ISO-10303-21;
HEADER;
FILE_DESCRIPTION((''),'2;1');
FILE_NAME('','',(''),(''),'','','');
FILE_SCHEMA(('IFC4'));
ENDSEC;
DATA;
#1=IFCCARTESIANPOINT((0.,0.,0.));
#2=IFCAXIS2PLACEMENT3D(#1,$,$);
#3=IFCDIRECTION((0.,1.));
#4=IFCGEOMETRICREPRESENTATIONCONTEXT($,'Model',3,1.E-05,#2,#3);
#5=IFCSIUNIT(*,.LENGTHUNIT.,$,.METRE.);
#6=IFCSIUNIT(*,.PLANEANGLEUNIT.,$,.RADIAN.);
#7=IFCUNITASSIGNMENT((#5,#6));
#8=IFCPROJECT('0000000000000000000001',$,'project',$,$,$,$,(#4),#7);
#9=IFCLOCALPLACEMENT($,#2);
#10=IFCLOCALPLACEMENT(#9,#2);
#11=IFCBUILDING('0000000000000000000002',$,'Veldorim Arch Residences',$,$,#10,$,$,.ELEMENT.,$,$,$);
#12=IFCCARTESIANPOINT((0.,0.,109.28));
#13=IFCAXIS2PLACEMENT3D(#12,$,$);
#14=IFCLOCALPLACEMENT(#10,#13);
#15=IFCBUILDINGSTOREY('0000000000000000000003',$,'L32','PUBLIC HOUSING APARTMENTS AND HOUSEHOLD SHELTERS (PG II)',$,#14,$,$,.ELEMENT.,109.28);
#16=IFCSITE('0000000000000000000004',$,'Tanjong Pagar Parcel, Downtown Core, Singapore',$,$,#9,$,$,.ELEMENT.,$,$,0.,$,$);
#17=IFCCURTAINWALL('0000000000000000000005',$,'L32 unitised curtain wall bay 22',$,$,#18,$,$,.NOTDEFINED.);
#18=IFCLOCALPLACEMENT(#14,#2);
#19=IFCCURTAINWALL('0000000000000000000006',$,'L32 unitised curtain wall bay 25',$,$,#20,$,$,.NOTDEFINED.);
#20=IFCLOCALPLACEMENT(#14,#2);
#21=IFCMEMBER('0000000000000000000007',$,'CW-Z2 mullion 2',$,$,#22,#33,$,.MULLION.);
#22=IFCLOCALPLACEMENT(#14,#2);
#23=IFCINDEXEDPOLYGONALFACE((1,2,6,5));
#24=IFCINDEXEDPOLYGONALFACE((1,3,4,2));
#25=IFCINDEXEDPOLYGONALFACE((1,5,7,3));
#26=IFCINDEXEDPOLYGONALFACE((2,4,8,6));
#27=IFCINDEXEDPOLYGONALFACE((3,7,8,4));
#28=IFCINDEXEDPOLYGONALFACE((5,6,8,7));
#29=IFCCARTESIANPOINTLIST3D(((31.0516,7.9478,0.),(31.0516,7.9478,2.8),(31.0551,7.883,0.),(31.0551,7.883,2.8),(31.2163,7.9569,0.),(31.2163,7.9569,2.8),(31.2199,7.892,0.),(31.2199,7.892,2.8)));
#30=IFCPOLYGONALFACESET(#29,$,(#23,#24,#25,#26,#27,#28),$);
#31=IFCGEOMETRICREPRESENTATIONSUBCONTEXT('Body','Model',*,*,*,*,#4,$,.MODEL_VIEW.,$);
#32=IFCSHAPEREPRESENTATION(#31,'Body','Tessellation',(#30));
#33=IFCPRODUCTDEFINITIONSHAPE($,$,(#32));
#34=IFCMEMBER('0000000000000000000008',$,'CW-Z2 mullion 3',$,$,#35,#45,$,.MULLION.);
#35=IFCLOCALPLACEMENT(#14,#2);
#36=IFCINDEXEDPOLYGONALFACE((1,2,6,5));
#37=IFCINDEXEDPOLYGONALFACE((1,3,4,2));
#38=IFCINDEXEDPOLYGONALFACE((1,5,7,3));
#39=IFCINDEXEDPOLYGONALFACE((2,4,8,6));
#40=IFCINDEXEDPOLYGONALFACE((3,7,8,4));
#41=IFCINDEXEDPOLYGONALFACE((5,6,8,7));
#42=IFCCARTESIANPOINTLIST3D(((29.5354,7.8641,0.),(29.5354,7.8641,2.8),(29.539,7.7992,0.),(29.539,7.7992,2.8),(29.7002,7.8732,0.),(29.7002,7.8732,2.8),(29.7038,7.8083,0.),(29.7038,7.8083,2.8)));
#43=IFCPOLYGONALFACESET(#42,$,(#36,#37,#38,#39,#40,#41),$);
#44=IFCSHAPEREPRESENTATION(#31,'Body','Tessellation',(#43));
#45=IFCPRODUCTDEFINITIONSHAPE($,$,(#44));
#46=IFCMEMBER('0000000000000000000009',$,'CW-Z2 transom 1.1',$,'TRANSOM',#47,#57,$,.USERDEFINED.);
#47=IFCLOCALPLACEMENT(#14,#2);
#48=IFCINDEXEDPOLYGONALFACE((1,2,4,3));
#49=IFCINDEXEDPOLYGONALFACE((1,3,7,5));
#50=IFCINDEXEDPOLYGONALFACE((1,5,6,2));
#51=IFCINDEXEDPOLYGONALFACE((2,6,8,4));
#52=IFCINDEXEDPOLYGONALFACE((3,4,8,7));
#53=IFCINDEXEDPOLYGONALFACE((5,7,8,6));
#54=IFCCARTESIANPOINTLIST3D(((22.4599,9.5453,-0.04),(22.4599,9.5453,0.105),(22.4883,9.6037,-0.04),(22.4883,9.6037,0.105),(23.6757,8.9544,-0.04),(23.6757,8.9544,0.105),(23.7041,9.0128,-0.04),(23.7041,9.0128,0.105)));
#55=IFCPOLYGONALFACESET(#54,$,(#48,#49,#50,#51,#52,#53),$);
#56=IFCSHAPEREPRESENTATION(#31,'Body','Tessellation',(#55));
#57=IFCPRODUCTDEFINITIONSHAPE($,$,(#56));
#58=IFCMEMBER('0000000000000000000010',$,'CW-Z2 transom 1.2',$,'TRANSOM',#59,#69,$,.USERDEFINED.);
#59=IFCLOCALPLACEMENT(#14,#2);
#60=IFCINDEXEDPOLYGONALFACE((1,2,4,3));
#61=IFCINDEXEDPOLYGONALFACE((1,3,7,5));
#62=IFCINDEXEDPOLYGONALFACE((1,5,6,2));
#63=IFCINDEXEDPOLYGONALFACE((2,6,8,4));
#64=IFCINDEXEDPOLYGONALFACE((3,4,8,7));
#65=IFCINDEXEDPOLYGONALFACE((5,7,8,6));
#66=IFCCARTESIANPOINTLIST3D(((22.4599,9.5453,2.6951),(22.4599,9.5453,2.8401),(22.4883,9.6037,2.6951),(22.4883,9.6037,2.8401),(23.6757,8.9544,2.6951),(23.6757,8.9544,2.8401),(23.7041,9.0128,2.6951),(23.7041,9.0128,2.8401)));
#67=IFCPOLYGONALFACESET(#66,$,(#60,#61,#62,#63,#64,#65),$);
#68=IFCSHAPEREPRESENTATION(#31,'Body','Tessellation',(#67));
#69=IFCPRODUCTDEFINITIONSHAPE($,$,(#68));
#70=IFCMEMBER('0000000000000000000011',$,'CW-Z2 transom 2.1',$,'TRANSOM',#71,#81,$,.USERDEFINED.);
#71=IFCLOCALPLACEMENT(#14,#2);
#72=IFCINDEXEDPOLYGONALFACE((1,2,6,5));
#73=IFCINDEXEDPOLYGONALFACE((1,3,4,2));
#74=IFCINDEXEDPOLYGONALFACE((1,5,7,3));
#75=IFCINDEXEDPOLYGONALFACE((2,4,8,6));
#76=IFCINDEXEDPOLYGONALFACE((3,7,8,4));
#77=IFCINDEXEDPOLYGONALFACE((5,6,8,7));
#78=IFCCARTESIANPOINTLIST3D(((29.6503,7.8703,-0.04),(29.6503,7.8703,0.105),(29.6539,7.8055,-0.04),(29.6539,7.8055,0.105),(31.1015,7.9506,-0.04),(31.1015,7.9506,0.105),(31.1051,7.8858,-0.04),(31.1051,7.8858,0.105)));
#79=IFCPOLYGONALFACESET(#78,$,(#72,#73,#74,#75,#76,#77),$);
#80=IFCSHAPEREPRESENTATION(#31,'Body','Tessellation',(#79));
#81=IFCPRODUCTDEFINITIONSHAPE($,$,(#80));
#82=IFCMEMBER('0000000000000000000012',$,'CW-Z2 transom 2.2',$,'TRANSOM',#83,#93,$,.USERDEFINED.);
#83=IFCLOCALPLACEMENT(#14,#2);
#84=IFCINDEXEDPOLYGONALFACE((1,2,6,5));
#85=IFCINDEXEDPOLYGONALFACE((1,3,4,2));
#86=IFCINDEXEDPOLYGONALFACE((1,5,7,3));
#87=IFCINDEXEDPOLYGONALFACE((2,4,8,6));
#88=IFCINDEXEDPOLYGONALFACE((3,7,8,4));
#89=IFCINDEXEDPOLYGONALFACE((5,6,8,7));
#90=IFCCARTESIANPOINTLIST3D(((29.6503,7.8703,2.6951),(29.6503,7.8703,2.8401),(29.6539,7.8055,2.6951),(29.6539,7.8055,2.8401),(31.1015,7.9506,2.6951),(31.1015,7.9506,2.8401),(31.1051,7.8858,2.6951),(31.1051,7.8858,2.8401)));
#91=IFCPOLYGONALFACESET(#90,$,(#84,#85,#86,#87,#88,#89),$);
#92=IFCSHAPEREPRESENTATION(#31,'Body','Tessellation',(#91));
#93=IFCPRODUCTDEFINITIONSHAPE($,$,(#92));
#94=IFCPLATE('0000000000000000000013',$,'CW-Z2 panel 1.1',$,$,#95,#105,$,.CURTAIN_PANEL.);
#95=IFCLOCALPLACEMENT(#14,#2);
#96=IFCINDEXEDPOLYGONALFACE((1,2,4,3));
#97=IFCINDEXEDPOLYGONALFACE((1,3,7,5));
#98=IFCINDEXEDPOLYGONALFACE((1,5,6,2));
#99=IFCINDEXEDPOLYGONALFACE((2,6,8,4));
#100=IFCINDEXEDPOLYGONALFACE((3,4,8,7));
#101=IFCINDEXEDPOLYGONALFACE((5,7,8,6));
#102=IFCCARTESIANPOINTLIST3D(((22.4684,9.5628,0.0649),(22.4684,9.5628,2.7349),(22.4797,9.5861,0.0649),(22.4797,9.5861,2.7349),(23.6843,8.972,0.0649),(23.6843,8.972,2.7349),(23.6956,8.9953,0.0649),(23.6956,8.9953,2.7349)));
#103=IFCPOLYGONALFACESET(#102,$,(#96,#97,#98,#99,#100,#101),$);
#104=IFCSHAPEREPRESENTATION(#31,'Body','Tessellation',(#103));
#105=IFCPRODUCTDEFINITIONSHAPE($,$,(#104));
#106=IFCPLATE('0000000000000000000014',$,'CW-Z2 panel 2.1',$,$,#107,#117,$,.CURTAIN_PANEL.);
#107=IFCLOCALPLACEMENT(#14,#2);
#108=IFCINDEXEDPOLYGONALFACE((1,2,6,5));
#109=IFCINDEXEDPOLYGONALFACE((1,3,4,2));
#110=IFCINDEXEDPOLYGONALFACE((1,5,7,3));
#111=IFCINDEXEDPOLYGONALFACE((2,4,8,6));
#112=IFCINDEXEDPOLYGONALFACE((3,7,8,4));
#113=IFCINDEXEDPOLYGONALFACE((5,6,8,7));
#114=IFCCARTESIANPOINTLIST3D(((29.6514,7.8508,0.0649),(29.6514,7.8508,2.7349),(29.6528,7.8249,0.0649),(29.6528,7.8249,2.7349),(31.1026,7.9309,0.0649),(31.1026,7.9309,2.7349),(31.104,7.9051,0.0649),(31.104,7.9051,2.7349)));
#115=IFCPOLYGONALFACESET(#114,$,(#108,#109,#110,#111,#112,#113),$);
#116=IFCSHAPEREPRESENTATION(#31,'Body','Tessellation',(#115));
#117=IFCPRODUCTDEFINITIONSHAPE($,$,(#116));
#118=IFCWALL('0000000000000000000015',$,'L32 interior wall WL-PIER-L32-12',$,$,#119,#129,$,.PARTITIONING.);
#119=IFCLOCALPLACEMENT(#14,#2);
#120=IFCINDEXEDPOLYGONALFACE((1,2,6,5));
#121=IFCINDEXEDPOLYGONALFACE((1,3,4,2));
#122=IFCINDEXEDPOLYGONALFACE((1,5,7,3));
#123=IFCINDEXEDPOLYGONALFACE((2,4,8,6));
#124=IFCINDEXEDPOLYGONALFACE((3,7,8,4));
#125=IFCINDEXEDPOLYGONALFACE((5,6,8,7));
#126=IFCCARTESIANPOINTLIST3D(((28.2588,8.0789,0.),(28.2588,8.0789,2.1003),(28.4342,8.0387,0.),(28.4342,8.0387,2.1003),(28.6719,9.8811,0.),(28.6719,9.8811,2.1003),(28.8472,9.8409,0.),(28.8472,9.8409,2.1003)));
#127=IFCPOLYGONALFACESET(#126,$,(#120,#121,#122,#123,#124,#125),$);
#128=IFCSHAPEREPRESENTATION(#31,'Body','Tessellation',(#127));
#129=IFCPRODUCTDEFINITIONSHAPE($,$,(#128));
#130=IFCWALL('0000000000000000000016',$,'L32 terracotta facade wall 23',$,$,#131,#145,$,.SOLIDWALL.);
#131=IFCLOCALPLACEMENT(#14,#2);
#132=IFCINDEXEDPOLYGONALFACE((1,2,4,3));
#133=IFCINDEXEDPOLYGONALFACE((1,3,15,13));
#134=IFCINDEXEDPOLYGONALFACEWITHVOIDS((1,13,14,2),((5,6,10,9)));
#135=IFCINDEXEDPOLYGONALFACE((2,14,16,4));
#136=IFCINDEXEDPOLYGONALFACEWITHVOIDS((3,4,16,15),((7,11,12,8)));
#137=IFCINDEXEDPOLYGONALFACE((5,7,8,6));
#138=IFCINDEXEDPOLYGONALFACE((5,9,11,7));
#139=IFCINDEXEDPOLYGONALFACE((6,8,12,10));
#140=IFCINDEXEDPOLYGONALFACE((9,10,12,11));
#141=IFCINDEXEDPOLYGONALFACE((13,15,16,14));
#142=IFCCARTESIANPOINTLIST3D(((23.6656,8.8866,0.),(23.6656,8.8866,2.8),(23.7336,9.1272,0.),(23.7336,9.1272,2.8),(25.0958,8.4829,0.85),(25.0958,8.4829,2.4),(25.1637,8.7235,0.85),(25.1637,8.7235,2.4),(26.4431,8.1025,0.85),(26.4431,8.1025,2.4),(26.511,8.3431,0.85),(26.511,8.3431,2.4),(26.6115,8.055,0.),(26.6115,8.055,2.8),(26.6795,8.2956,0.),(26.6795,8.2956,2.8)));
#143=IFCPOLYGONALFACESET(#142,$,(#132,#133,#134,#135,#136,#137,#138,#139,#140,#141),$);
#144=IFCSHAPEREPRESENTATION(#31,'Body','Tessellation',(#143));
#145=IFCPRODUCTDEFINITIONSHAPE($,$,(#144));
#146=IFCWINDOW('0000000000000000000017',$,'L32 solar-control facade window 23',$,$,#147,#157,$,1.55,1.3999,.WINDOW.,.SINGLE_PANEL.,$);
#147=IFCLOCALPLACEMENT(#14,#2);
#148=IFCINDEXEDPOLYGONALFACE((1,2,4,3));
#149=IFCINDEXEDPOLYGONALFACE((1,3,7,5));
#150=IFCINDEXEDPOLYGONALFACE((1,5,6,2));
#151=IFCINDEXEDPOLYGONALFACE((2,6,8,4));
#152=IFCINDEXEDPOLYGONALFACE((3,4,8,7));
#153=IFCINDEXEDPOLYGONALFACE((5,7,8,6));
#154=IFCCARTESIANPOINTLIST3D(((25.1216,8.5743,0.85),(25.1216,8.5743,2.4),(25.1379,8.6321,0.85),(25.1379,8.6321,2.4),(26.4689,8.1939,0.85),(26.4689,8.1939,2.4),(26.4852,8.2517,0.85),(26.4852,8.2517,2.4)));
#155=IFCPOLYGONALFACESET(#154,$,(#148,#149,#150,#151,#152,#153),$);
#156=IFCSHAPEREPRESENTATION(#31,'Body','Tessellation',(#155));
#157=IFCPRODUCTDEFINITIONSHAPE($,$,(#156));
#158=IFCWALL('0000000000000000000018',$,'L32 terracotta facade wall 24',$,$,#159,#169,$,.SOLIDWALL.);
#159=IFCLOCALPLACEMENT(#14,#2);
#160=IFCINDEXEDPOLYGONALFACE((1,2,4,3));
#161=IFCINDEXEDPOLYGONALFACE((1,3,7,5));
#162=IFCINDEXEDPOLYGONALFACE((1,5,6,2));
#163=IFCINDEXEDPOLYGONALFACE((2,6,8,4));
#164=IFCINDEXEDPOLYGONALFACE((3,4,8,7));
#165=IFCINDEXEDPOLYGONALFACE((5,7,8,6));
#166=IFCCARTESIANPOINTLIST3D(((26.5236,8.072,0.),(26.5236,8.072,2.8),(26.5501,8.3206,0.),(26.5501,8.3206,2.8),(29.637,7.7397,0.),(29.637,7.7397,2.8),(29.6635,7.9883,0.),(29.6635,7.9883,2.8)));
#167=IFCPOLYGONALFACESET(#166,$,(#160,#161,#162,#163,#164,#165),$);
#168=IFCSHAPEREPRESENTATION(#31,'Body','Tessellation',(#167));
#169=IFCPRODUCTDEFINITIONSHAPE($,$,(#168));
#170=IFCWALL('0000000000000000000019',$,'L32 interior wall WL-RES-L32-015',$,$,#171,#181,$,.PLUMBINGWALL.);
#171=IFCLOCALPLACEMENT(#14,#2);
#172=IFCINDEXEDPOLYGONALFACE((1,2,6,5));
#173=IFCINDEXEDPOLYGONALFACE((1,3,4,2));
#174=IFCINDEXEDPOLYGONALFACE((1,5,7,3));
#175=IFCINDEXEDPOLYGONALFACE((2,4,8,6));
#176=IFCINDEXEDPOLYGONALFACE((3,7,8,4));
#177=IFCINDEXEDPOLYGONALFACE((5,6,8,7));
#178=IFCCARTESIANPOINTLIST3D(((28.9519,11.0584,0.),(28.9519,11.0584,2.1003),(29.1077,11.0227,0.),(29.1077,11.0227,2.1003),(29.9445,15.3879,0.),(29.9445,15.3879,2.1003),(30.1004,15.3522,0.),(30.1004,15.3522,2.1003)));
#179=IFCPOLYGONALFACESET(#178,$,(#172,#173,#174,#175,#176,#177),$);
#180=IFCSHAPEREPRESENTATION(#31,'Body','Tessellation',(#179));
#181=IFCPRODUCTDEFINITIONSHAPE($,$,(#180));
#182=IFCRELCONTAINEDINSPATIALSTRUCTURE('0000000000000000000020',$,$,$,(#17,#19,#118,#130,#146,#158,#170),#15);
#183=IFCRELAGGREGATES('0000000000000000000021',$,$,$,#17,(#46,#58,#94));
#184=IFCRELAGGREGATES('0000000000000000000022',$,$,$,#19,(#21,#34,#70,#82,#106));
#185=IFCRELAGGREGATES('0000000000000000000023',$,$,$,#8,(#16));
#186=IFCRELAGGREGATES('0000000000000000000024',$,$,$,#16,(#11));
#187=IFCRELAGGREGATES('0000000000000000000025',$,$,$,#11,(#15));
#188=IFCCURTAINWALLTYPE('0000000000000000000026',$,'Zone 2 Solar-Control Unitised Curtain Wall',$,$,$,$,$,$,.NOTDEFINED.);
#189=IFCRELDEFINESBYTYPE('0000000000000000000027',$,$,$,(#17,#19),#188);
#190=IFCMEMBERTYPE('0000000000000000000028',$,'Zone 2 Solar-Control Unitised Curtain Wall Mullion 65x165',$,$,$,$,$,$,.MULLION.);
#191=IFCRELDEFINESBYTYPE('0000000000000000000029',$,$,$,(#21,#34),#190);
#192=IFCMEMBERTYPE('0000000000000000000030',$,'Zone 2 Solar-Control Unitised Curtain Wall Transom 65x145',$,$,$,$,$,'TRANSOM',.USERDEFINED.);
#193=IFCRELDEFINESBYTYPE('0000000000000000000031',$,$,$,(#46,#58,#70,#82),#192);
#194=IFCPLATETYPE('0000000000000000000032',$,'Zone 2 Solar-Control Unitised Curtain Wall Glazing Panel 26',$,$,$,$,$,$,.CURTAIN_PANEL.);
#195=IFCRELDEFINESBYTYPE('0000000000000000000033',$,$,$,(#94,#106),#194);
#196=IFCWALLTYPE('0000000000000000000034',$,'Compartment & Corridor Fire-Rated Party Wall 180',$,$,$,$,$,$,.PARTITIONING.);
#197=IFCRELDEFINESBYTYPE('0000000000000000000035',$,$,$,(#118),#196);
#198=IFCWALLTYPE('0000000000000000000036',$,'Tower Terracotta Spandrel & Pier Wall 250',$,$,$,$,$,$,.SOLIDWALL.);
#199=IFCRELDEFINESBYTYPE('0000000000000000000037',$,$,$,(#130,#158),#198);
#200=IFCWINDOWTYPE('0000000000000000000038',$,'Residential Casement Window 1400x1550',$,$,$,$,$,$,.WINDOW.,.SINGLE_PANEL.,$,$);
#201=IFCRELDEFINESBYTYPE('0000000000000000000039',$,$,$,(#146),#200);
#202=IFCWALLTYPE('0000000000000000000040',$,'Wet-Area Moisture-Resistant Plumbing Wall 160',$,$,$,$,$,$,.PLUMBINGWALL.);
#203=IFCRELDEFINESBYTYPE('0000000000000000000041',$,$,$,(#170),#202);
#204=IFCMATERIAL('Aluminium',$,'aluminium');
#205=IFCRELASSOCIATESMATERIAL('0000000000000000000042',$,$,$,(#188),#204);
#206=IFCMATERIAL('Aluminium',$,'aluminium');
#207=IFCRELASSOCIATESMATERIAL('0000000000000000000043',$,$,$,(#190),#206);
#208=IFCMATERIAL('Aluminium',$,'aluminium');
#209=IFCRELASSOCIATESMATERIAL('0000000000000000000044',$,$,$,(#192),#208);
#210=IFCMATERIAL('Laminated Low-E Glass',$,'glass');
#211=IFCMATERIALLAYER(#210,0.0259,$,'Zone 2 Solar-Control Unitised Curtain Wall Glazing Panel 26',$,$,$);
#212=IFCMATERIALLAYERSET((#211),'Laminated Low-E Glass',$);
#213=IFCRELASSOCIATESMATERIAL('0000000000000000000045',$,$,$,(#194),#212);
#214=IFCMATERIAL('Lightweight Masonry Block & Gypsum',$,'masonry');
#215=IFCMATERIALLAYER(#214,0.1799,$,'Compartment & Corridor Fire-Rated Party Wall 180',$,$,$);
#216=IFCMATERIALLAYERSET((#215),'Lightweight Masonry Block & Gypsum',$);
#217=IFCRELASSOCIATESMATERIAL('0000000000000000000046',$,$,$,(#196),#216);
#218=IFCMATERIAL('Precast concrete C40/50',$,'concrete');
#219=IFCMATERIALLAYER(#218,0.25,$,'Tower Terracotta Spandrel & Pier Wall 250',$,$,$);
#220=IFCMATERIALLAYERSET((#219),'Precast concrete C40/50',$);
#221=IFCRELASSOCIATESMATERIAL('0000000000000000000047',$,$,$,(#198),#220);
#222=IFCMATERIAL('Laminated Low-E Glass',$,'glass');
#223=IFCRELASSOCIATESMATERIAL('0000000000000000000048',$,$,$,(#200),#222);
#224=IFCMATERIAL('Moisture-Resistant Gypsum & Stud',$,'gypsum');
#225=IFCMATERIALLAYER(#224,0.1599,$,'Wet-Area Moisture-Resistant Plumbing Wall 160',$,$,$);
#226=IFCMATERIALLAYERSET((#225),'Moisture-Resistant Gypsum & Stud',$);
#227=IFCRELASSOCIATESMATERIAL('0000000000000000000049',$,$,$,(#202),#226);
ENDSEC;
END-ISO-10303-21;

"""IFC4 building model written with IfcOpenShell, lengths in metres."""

from ifc_helpers import new_model, si_unit, direction, frame, frame_2d, origin, origin_2d, place, context, subcontext, project, spatial, rectangle, extrude, material, layer, layer_set, material_profile, profile_set, type_object, element, fill, aggregate, save


model = new_model("IFC4")

# Units and contexts
model_context = context("Model", 3, precision=1e-05, world=origin(), true_north=direction((0.0, 1.0)))
body_context = subcontext(model_context, "Body", "Model", "MODEL_VIEW")
ifc_project = project(units=[si_unit("LENGTHUNIT", "METRE"), si_unit("PLANEANGLEUNIT", "RADIAN")], contexts=[model_context])

# Site, building, storey
site_placement = place(None, origin())
site = spatial("IfcSite", under=ifc_project, at=site_placement, Name="Tanjong Pagar Parcel, Downtown Core, Singapore", CompositionType="ELEMENT", RefElevation=0.0)
building_placement = place(site_placement, origin())
building = spatial("IfcBuilding", under=site, at=building_placement, Name="Veldorim Arch Residences", CompositionType="ELEMENT")
storey_placement = place(building_placement, frame((0.0, 0.0, 109.28)))
storey = spatial("IfcBuildingStorey", under=building, at=storey_placement, Name="L32", Description="PUBLIC HOUSING APARTMENTS AND HOUSEHOLD SHELTERS (PG II)", CompositionType="ELEMENT", Elevation=109.28)

# Curtain wall
ifc_material_1 = material(Name="Aluminium", Category="aluminium")
curtain_wall_type = type_object("IfcCurtainWallType", Name="Zone 2 Solar-Control Unitised Curtain Wall", PredefinedType="NOTDEFINED", material=ifc_material_1)
curtain_wall_1_placement = place(storey_placement, origin())
curtain_wall_1 = element("IfcCurtainWall", 1, at=curtain_wall_1_placement, inside=storey, type_object=curtain_wall_type, Name="L32 unitised curtain wall bay 22", PredefinedType="NOTDEFINED")
ifc_material_2 = material(Name="Aluminium", Category="aluminium")
ifc_material_profile_1 = material_profile(ifc_material_2, rectangle(XDim=0.0649, YDim=0.165, at=origin_2d()), Name="ALU_MUL_65x165")
ifc_profile_set_1 = profile_set([ifc_material_profile_1], Name="Aluminium")
member_type_1 = type_object("IfcMemberType", Name="Zone 2 Solar-Control Unitised Curtain Wall Mullion 65x165", PredefinedType="MULLION", material=ifc_profile_set_1)

# Curtain wall, members
curtain_wall_2_placement = place(storey_placement, origin())
curtain_wall_2 = element("IfcCurtainWall", 2, at=curtain_wall_2_placement, inside=storey, type_object=curtain_wall_type, Name="L32 unitised curtain wall bay 25", PredefinedType="NOTDEFINED")
member_1_placement = place(storey_placement, frame((31.1357, 7.9199, 0.0), z_axis=(0.0, 0.0, 1.0), x_axis=(0.055127, -0.998479, 0.0)))
member_1 = element("IfcMember", 3, at=member_1_placement, type_object=member_type_1, Name="CW-Z2 mullion 2", PredefinedType="MULLION", context=body_context, shape_type="SweptSolid", body=[
    extrude(rectangle(XDim=0.0649, YDim=0.165, at=origin_2d()), origin(), (0.0, 0.0, 1.0), 2.8),
])
member_2_placement = place(storey_placement, frame((29.6196, 7.8362, 0.0), z_axis=(0.0, 0.0, 1.0), x_axis=(0.055127, -0.998479, 0.0)))
member_2 = element("IfcMember", 4, at=member_2_placement, type_object=member_type_1, Name="CW-Z2 mullion 3", PredefinedType="MULLION", context=body_context, shape_type="SweptSolid", body=[
    extrude(rectangle(XDim=0.0649, YDim=0.165, at=origin_2d()), origin(), (0.0, 0.0, 1.0), 2.8),
])

# Members
ifc_material_3 = material(Name="Aluminium", Category="aluminium")
ifc_material_profile_2 = material_profile(ifc_material_3, rectangle(XDim=0.0649, YDim=0.145, at=origin_2d()), Name="ALU_TRN_65x145")
ifc_profile_set_2 = profile_set([ifc_material_profile_2], Name="Aluminium")
member_type_2 = type_object("IfcMemberType", Name="Zone 2 Solar-Control Unitised Curtain Wall Transom 65x145", ElementType="TRANSOM", PredefinedType="USERDEFINED", material=ifc_profile_set_2)
member_3_placement = place(storey_placement, frame((23.6899, 8.9836, 0.0325), z_axis=(-0.899427, 0.437071, 0.0), x_axis=(-0.437071, -0.899427, 0.0)))
member_3 = element("IfcMember", 5, at=member_3_placement, type_object=member_type_2, Name="CW-Z2 transom 1.1", ObjectType="TRANSOM", PredefinedType="USERDEFINED", context=body_context, shape_type="SweptSolid", body=[
    extrude(rectangle(XDim=0.0649, YDim=0.145, at=origin_2d()), origin(), (0.0, 0.0, 1.0), 1.3518),
])
member_4_placement = place(storey_placement, frame((23.6899, 8.9836, 2.7676), z_axis=(-0.899427, 0.437071, 0.0), x_axis=(-0.437071, -0.899427, 0.0)))
member_4 = element("IfcMember", 6, at=member_4_placement, type_object=member_type_2, Name="CW-Z2 transom 1.2", ObjectType="TRANSOM", PredefinedType="USERDEFINED", context=body_context, shape_type="SweptSolid", body=[
    extrude(rectangle(XDim=0.0649, YDim=0.145, at=origin_2d()), origin(), (0.0, 0.0, 1.0), 1.3518),
])
member_5_placement = place(storey_placement, frame((31.1033, 7.9182, 0.0325), z_axis=(-0.998472, -0.055265, 0.0), x_axis=(0.055265, -0.998472, 0.0)))
member_5 = element("IfcMember", 7, at=member_5_placement, type_object=member_type_2, Name="CW-Z2 transom 2.1", ObjectType="TRANSOM", PredefinedType="USERDEFINED", context=body_context, shape_type="SweptSolid", body=[
    extrude(rectangle(XDim=0.0649, YDim=0.145, at=origin_2d()), origin(), (0.0, 0.0, 1.0), 1.4534),
])
member_6_placement = place(storey_placement, frame((31.1033, 7.9182, 2.7676), z_axis=(-0.998472, -0.055265, 0.0), x_axis=(0.055265, -0.998472, 0.0)))
member_6 = element("IfcMember", 8, at=member_6_placement, type_object=member_type_2, Name="CW-Z2 transom 2.2", ObjectType="TRANSOM", PredefinedType="USERDEFINED", context=body_context, shape_type="SweptSolid", body=[
    extrude(rectangle(XDim=0.0649, YDim=0.145, at=origin_2d()), origin(), (0.0, 0.0, 1.0), 1.4534),
])

# Plates
ifc_material_4 = material(Name="Laminated Low-E Glass", Category="glass")
ifc_layer_1 = layer(ifc_material_4, 0.0259, Name="Zone 2 Solar-Control Unitised Curtain Wall Glazing Panel 26")
ifc_layer_set_1 = layer_set([ifc_layer_1], Name="Laminated Low-E Glass")
plate_type = type_object("IfcPlateType", Name="Zone 2 Solar-Control Unitised Curtain Wall Glazing Panel 26", PredefinedType="CURTAIN_PANEL", material=ifc_layer_set_1)
plate_1_placement = place(storey_placement, frame((23.082, 9.2791, 0.0649), z_axis=(0.0, 0.0, 1.0), x_axis=(-0.899462, 0.437, 0.0)))
plate_1 = element("IfcPlate", 9, at=plate_1_placement, type_object=plate_type, Name="CW-Z2 panel 1.1", PredefinedType="CURTAIN_PANEL", context=body_context, shape_type="SweptSolid", body=[
    extrude(rectangle(XDim=1.3518, YDim=0.0259, at=origin_2d()), origin(), (0.0, 0.0, 1.0), 2.6699),
])
aggregate(curtain_wall_1, [member_3, member_4, plate_1])
plate_2_placement = place(storey_placement, frame((30.3777, 7.8779, 0.0649), z_axis=(0.0, 0.0, 1.0), x_axis=(-0.998479, -0.055127, 0.0)))
plate_2 = element("IfcPlate", 10, at=plate_2_placement, type_object=plate_type, Name="CW-Z2 panel 2.1", PredefinedType="CURTAIN_PANEL", context=body_context, shape_type="SweptSolid", body=[
    extrude(rectangle(XDim=1.4534, YDim=0.0259, at=origin_2d()), origin(), (0.0, 0.0, 1.0), 2.6699),
])
aggregate(curtain_wall_2, [member_1, member_2, member_5, member_6, plate_2])

# Wall
ifc_material_5 = material(Name="Lightweight Masonry Block & Gypsum", Category="masonry")
ifc_layer_2 = layer(ifc_material_5, 0.1799, Name="Compartment & Corridor Fire-Rated Party Wall 180")
ifc_layer_set_2 = layer_set([ifc_layer_2], Name="Lightweight Masonry Block & Gypsum")
wall_type_1 = type_object("IfcWallType", Name="Compartment & Corridor Fire-Rated Party Wall 180", PredefinedType="PARTITIONING", material=ifc_layer_set_2)
wall_1_placement = place(storey_placement, frame((28.7595, 9.8608, 0.0), z_axis=(0.0, 0.0, 1.0), x_axis=(-0.223413, -0.974724, 0.0)))
element("IfcWall", 11, at=wall_1_placement, inside=storey, type_object=wall_type_1, Name="L32 interior wall WL-PIER-L32-12", PredefinedType="PARTITIONING", context=body_context, shape_type="SweptSolid", body=[
    extrude(rectangle(XDim=1.8489, YDim=0.1799, at=frame_2d((0.9243, 0.0))), origin(), (0.0, 0.0, 1.0), 2.1003),
])

# Wall, opening, window
ifc_material_6 = material(Name="Precast concrete C40/50", Category="concrete")
ifc_layer_3 = layer(ifc_material_6, 0.25, Name="Tower Terracotta Spandrel & Pier Wall 250")
ifc_layer_set_3 = layer_set([ifc_layer_3], Name="Precast concrete C40/50")
wall_type_2 = type_object("IfcWallType", Name="Tower Terracotta Spandrel & Pier Wall 250", PredefinedType="SOLIDWALL", material=ifc_layer_set_3)
wall_2_placement = place(storey_placement, frame((26.6455, 8.1753, 0.0), z_axis=(0.0, 0.0, 1.0), x_axis=(-0.962392, 0.271665, 0.0)))
wall_2 = element("IfcWall", 12, at=wall_2_placement, inside=storey, type_object=wall_type_2, Name="L32 terracotta facade wall 23", PredefinedType="SOLIDWALL", context=body_context, shape_type="SweptSolid", body=[
    extrude(rectangle(XDim=3.061, YDim=0.25, at=frame_2d((1.5305, 0.0))), origin(), (0.0, 0.0, 1.0), 2.8),
])
opening_placement = place(wall_2_placement, frame((0.175, 0.0, 0.8501)))
opening = element("IfcOpeningElement", 13, at=opening_placement, cuts=wall_2, PredefinedType="OPENING", context=body_context, shape_type="SweptSolid", body=[
    extrude(rectangle(XDim=1.3999, YDim=1.55, at=frame_2d((0.7, 0.7749))), frame((0.0, 0.135, 0.0), z_axis=(0.0, -1.0, 0.0), x_axis=(1.0, 0.0, 0.0)), (0.0, 0.0, 1.0), 0.27),
])
ifc_material_7 = material(Name="Laminated Low-E Glass", Category="glass")
window_type = type_object("IfcWindowType", Name="Residential Casement Window 1400x1550", PartitioningType="SINGLE_PANEL", PredefinedType="WINDOW", material=ifc_material_7)
window_placement = place(opening_placement, origin())
window = element("IfcWindow", 14, at=window_placement, inside=storey, type_object=window_type, Name="L32 solar-control facade window 23", OverallHeight=1.55, OverallWidth=1.3999, PartitioningType="SINGLE_PANEL", PredefinedType="WINDOW", context=body_context, shape_type="SweptSolid", body=[
    extrude(rectangle(XDim=1.3999, YDim=1.55, at=frame_2d((0.7, 0.7749))), frame((0.0, 0.03, 0.0), z_axis=(0.0, -1.0, 0.0), x_axis=(1.0, 0.0, 0.0)), (0.0, 0.0, 1.0), 0.0601),
])
fill(opening, window)

# Walls
wall_3_placement = place(storey_placement, frame((29.6501, 7.864, 0.0), z_axis=(0.0, 0.0, 1.0), x_axis=(-0.994354, 0.106117, 0.0)))
element("IfcWall", 15, at=wall_3_placement, inside=storey, type_object=wall_type_2, Name="L32 terracotta facade wall 24", PredefinedType="SOLIDWALL", context=body_context, shape_type="SweptSolid", body=[
    extrude(rectangle(XDim=3.1311, YDim=0.25, at=frame_2d((1.5654, 0.0))), origin(), (0.0, 0.0, 1.0), 2.8),
])
ifc_material_8 = material(Name="Moisture-Resistant Gypsum & Stud", Category="gypsum")
ifc_layer_4 = layer(ifc_material_8, 0.1599, Name="Wet-Area Moisture-Resistant Plumbing Wall 160")
ifc_layer_set_4 = layer_set([ifc_layer_4], Name="Moisture-Resistant Gypsum & Stud")
wall_type_3 = type_object("IfcWallType", Name="Wet-Area Moisture-Resistant Plumbing Wall 160", PredefinedType="PLUMBINGWALL", material=ifc_layer_set_4)
wall_4_placement = place(storey_placement, frame((29.0298, 11.0405, 0.0), z_axis=(0.0, 0.0, 1.0), x_axis=(0.223478, 0.974709, 0.0)))
element("IfcWall", 16, at=wall_4_placement, inside=storey, type_object=wall_type_3, Name="L32 interior wall WL-RES-L32-015", PredefinedType="PLUMBINGWALL", context=body_context, shape_type="SweptSolid", body=[
    extrude(rectangle(XDim=4.4419, YDim=0.1599, at=frame_2d((2.2209, 0.0))), origin(), (0.0, 0.0, 1.0), 2.1003),
])

save(model, "model.ifc")
